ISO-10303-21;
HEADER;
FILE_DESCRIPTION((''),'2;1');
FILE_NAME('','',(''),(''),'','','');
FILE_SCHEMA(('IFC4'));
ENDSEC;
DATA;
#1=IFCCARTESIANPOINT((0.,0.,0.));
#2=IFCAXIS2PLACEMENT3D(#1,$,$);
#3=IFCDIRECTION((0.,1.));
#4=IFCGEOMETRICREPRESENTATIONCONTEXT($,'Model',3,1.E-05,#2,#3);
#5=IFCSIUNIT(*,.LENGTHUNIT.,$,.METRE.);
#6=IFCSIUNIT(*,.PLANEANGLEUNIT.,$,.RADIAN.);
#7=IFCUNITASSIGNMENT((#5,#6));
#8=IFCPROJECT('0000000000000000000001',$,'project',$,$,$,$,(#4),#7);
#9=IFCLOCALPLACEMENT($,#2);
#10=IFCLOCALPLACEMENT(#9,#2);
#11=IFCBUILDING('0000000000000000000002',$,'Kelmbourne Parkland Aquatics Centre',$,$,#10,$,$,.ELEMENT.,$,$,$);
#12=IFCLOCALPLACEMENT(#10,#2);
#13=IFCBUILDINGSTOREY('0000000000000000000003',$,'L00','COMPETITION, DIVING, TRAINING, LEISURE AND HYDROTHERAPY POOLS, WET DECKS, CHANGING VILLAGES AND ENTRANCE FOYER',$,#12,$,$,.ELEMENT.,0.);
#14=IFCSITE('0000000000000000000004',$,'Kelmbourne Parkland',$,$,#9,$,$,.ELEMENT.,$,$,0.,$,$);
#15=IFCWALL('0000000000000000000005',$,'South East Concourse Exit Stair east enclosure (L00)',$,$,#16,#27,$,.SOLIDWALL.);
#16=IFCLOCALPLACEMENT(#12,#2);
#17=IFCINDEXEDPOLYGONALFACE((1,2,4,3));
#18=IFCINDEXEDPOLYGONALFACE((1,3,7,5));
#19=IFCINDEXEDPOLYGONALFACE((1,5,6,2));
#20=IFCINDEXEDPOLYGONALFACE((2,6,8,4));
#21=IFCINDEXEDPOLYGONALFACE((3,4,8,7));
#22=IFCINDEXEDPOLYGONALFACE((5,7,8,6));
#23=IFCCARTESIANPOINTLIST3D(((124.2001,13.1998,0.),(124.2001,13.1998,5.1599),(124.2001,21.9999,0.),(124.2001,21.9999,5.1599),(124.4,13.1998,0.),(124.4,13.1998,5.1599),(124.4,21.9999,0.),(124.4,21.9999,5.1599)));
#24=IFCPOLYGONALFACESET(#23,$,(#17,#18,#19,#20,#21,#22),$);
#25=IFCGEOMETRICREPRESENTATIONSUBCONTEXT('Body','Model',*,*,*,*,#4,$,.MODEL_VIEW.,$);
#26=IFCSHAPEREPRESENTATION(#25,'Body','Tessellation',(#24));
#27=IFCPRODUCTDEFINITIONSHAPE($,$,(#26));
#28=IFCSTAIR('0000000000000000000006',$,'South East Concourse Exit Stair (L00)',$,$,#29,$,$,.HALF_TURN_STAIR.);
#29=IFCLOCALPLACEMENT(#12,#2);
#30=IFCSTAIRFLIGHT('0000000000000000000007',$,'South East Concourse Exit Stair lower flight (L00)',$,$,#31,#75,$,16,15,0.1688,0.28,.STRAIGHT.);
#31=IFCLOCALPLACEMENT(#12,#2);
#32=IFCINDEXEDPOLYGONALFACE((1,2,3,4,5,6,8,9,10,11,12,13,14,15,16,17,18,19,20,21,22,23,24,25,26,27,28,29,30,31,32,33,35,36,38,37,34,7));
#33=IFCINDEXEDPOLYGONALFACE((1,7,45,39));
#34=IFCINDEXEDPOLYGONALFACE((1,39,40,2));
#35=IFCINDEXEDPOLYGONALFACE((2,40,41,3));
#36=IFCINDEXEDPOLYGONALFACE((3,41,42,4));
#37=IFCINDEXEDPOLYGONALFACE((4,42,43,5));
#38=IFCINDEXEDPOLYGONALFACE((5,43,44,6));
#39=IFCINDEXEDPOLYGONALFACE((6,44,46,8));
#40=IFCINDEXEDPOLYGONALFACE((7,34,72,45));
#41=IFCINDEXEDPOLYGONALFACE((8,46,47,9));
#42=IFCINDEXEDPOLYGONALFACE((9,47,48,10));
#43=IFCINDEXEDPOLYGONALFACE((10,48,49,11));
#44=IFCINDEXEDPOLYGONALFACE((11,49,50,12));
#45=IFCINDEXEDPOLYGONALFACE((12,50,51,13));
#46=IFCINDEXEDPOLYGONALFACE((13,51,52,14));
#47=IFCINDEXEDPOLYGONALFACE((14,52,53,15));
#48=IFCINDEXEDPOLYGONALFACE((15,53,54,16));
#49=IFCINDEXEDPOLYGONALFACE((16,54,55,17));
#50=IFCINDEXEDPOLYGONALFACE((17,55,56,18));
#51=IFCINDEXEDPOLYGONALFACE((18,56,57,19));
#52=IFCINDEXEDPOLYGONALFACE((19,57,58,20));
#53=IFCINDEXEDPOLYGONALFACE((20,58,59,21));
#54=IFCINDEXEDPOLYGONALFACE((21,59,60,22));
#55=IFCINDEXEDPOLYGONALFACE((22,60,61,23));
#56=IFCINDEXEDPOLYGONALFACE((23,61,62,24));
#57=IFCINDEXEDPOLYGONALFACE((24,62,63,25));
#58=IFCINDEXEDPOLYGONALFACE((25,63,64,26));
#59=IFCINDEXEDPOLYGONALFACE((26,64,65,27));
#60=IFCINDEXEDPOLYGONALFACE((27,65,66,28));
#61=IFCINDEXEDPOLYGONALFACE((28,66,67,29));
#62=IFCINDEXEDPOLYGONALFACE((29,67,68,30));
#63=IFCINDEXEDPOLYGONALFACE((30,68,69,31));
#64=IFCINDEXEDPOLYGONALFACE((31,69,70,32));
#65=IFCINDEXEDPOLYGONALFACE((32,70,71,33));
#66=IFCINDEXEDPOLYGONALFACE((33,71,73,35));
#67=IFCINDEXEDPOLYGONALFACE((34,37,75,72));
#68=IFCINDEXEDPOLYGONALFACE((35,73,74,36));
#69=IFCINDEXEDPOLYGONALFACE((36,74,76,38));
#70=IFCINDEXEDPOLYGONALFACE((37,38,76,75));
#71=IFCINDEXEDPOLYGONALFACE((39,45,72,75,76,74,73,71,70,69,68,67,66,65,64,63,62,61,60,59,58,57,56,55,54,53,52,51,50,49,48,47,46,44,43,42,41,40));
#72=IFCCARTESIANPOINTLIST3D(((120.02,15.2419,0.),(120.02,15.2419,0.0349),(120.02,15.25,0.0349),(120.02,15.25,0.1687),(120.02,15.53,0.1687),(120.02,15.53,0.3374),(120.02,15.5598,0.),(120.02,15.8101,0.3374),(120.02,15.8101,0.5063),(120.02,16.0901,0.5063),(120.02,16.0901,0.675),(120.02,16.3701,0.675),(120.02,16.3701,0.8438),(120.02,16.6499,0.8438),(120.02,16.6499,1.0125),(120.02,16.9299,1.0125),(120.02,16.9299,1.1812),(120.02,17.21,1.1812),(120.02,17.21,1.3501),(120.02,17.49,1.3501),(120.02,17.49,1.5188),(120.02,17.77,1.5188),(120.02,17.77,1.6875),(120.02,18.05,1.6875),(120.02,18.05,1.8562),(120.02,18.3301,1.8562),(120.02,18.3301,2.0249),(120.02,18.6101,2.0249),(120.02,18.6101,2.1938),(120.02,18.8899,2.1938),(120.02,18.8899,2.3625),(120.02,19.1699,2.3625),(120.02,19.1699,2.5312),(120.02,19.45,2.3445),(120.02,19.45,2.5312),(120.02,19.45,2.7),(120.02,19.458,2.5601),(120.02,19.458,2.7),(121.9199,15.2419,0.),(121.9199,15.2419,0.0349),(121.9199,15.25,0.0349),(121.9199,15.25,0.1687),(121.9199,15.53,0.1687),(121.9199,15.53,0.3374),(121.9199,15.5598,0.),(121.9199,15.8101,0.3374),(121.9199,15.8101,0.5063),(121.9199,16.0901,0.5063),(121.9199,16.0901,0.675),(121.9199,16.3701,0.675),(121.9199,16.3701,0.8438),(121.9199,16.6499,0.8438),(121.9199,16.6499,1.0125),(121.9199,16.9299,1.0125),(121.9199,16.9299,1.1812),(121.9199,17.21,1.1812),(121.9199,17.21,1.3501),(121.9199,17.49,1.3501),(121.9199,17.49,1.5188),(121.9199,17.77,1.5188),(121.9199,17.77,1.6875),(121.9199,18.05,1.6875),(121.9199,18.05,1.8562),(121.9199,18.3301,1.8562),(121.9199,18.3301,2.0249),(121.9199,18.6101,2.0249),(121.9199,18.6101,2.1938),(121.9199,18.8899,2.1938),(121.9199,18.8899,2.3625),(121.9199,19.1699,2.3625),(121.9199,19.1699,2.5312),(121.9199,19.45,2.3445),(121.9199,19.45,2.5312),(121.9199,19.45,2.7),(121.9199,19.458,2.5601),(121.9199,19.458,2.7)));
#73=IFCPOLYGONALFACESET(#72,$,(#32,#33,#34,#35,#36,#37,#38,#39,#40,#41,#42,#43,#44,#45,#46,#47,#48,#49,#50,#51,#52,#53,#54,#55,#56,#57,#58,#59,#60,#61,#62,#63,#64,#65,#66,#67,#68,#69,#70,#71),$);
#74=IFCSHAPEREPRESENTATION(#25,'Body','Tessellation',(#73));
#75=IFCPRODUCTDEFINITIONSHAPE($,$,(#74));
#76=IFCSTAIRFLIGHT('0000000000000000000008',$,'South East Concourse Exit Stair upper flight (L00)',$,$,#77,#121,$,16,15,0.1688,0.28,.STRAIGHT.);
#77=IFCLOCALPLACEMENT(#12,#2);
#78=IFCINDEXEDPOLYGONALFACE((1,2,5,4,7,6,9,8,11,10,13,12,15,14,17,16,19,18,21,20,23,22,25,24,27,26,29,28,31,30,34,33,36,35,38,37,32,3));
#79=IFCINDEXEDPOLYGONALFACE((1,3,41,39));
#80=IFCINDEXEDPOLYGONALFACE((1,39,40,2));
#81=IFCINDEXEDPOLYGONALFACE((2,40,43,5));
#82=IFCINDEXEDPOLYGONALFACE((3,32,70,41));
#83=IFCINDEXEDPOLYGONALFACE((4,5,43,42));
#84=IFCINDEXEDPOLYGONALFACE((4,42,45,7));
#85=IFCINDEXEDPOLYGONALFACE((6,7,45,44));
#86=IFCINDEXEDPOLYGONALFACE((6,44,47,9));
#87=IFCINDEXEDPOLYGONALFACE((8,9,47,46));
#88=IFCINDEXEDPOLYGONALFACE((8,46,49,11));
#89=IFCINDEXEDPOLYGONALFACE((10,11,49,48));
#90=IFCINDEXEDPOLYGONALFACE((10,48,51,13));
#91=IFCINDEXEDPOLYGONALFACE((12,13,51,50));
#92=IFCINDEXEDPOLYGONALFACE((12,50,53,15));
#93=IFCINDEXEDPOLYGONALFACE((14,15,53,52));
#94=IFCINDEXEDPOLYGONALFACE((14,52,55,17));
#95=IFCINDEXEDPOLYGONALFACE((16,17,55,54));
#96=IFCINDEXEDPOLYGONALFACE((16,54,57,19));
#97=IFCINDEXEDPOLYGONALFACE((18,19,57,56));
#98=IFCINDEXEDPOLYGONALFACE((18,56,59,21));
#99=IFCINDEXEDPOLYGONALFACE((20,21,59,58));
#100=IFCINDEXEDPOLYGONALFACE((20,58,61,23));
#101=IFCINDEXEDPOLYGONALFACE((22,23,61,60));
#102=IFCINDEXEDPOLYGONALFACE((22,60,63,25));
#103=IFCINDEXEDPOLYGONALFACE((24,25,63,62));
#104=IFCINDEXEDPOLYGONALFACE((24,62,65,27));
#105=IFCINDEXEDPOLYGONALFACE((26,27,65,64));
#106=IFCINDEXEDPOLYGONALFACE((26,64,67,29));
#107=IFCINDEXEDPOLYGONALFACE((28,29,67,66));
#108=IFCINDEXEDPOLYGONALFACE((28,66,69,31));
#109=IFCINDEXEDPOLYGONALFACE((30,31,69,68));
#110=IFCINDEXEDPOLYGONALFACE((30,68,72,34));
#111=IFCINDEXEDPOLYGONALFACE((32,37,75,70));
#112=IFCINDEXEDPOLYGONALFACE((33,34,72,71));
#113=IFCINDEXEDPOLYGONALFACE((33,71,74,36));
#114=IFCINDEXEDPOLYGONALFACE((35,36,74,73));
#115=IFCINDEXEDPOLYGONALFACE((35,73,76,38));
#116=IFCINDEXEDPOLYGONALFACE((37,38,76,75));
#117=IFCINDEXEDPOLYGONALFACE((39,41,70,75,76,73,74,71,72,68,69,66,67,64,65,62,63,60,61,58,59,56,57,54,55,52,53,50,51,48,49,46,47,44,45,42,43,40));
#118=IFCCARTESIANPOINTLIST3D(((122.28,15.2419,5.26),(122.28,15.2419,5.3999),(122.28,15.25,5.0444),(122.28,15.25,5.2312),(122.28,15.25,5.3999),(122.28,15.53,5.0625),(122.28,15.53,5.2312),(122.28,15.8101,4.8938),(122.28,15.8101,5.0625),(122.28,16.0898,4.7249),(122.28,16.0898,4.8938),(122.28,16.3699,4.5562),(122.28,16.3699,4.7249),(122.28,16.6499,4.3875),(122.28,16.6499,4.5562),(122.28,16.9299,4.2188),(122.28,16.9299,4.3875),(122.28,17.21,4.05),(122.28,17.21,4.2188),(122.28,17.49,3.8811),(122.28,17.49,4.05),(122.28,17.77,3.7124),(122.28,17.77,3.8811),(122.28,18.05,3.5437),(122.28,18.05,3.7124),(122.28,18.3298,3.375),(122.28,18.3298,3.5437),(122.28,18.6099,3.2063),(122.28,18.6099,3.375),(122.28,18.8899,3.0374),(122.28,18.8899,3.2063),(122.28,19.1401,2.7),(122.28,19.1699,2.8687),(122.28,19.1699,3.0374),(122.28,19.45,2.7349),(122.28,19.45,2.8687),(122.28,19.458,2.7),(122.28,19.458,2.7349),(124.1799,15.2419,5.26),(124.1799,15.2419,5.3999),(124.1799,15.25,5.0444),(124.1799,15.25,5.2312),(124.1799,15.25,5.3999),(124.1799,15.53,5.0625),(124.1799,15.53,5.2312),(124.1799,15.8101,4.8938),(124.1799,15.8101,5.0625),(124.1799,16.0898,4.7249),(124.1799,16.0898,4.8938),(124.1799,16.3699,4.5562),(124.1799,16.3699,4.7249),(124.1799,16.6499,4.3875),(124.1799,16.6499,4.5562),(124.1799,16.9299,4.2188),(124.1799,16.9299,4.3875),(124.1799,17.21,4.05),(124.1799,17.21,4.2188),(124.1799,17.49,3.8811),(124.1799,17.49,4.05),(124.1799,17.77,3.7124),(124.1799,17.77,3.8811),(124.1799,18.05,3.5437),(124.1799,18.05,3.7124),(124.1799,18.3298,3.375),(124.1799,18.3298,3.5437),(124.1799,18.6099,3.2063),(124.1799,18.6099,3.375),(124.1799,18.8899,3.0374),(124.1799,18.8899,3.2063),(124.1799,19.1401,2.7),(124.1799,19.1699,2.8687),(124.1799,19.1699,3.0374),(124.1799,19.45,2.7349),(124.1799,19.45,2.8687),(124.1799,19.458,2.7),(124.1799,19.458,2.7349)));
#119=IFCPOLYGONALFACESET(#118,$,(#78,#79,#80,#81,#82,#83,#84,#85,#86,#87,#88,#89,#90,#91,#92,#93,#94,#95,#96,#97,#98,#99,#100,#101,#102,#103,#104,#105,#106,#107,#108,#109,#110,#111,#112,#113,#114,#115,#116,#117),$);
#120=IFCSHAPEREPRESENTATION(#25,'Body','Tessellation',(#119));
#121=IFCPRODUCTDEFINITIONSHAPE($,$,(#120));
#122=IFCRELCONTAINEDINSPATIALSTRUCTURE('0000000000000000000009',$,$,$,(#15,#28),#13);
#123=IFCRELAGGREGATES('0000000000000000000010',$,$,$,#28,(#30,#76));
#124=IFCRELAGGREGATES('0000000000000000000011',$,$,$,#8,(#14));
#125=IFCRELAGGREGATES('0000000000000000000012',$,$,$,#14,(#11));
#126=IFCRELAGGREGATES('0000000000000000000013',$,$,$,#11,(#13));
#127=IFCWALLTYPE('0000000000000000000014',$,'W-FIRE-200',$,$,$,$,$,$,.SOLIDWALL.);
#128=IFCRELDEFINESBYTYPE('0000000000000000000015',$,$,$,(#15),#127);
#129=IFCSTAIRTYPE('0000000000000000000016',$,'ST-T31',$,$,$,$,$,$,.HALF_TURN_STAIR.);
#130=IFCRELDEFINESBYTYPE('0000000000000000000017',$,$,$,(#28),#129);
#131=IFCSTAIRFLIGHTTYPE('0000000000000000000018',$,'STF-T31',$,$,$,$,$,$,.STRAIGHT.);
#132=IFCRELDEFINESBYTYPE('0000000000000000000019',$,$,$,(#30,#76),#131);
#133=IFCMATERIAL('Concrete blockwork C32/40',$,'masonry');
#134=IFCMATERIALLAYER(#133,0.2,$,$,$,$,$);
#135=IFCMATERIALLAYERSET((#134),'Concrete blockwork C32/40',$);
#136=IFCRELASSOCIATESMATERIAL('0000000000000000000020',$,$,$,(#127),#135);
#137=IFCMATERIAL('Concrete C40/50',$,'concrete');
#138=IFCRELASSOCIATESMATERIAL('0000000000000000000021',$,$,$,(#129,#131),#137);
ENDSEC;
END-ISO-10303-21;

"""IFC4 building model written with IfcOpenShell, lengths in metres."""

from ifc_helpers import new_model, si_unit, direction, frame, frame_2d, origin, place, context, subcontext, project, spatial, polyline, rectangle, outline, extrude, material, layer, layer_set, type_object, element, aggregate, save


model = new_model("IFC4")

# Units and contexts
model_context = context("Model", 3, precision=1e-05, world=origin(), true_north=direction((0.0, 1.0)))
body_context = subcontext(model_context, "Body", "Model", "MODEL_VIEW")
ifc_project = project(units=[si_unit("LENGTHUNIT", "METRE"), si_unit("PLANEANGLEUNIT", "RADIAN")], contexts=[model_context])

# Site, building, storey
site_placement = place(None, origin())
site = spatial("IfcSite", under=ifc_project, at=site_placement, Name="Kelmbourne Parkland", CompositionType="ELEMENT", RefElevation=0.0)
building_placement = place(site_placement, origin())
building = spatial("IfcBuilding", under=site, at=building_placement, Name="Kelmbourne Parkland Aquatics Centre", CompositionType="ELEMENT")
storey_placement = place(building_placement, origin())
storey = spatial("IfcBuildingStorey", under=building, at=storey_placement, Name="L00", Description="COMPETITION, DIVING, TRAINING, LEISURE AND HYDROTHERAPY POOLS, WET DECKS, CHANGING VILLAGES AND ENTRANCE FOYER", CompositionType="ELEMENT", Elevation=0.0)

# Shared definitions
ifc_material_1 = material(Name="Concrete C40/50", Category="concrete")

# Shared definitions
ifc_material_2 = material(Name="Concrete blockwork C32/40", Category="masonry")
ifc_layer_1 = layer(ifc_material_2, 0.2)
ifc_layer_set_1 = layer_set([ifc_layer_1], Name="Concrete blockwork C32/40")
wall_type = type_object("IfcWallType", Name="W-FIRE-200", PredefinedType="SOLIDWALL", material=ifc_layer_set_1)

# Wall
wall_1_placement = place(storey_placement, frame((124.3, 13.2, 0.0), z_axis=(0.0, 0.0, 1.0), x_axis=(0.0, 1.0, 0.0)))
element("IfcWall", 1, at=wall_1_placement, inside=storey, type_object=wall_type, Name="South East Concourse Exit Stair east enclosure (L00)", PredefinedType="SOLIDWALL", context=body_context, shape_type="SweptSolid", body=[
    extrude(rectangle(XDim=8.8, YDim=0.2, at=frame_2d((4.3999, 0.0))), origin(), (0.0, 0.0, 1.0), 5.1599),
])

# Stair, stair flights
stair_type = type_object("IfcStairType", Name="ST-T31", PredefinedType="HALF_TURN_STAIR", material=ifc_material_1)
stair_placement = place(storey_placement, origin())
stair = element("IfcStair", 2, at=stair_placement, inside=storey, type_object=stair_type, Name="South East Concourse Exit Stair (L00)", PredefinedType="HALF_TURN_STAIR")
stair_flight_type = type_object("IfcStairFlightType", Name="STF-T31", PredefinedType="STRAIGHT", material=ifc_material_1)
stair_flight_1_placement = place(storey_placement, frame((120.97, 15.25, 0.0), z_axis=(0.0, 0.0, 1.0), x_axis=(0.0, 1.0, 0.0)))
stair_flight_1 = element("IfcStairFlight", 3, at=stair_flight_1_placement, type_object=stair_flight_type, Name="South East Concourse Exit Stair lower flight (L00)", NumberOfRisers=16, NumberOfTreads=15, PredefinedType="STRAIGHT", RiserHeight=0.1688, TreadLength=0.28, context=body_context, shape_type="SweptSolid", body=[
    extrude(outline(polyline([(-0.0081, 0.0), (-0.0081, 0.0349), (0.0, 0.0349), (0.0, 0.1687), (0.28, 0.1687), (0.28, 0.3374), (0.5601, 0.3374), (0.5601, 0.5063), (0.8401, 0.5063), (0.8401, 0.675), (1.1201, 0.675), (1.1201, 0.8438), (1.3999, 0.8438), (1.3999, 1.0125), (1.6799, 1.0125), (1.6799, 1.1812), (1.96, 1.1812), (1.96, 1.3501), (2.24, 1.3501), (2.24, 1.5188), (2.52, 1.5188), (2.52, 1.6875), (2.8, 1.6875), (2.8, 1.8562), (3.0801, 1.8562), (3.0801, 2.0249), (3.3601, 2.0249), (3.3601, 2.1938), (3.6399, 2.1938), (3.6399, 2.3625), (3.9199, 2.3625), (3.9199, 2.5312), (4.2, 2.5312), (4.2, 2.7), (4.208, 2.7), (4.208, 2.5601), (4.2, 2.3445), (0.3098, 0.0), (-0.0081, 0.0)])), frame((0.0, 0.95, 0.0), z_axis=(0.0, -1.0, 0.0), x_axis=(1.0, 0.0, 0.0)), (0.0, 0.0, 1.0), 1.8999),
])
stair_flight_2_placement = place(storey_placement, frame((123.23, 19.45, 2.7), z_axis=(0.0, 0.0, 1.0), x_axis=(0.0, -1.0, 0.0)))
stair_flight_2 = element("IfcStairFlight", 4, at=stair_flight_2_placement, type_object=stair_flight_type, Name="South East Concourse Exit Stair upper flight (L00)", NumberOfRisers=16, NumberOfTreads=15, PredefinedType="STRAIGHT", RiserHeight=0.1688, TreadLength=0.28, context=body_context, shape_type="SweptSolid", body=[
    extrude(outline(polyline([(-0.0081, 0.0), (-0.0081, 0.0349), (0.0, 0.0349), (0.0, 0.1687), (0.28, 0.1687), (0.28, 0.3374), (0.5601, 0.3374), (0.5601, 0.5063), (0.8401, 0.5063), (0.8401, 0.675), (1.1201, 0.675), (1.1201, 0.8438), (1.3999, 0.8438), (1.3999, 1.0125), (1.6799, 1.0125), (1.6799, 1.1812), (1.96, 1.1812), (1.96, 1.3501), (2.24, 1.3501), (2.24, 1.5188), (2.52, 1.5188), (2.52, 1.6875), (2.8, 1.6875), (2.8, 1.8562), (3.0801, 1.8562), (3.0801, 2.0249), (3.3601, 2.0249), (3.3601, 2.1938), (3.6399, 2.1938), (3.6399, 2.3625), (3.9199, 2.3625), (3.9199, 2.5312), (4.2, 2.5312), (4.2, 2.7), (4.208, 2.7), (4.208, 2.5601), (4.2, 2.3445), (0.3098, 0.0), (-0.0081, 0.0)])), frame((0.0, 0.95, 0.0), z_axis=(0.0, -1.0, 0.0), x_axis=(1.0, 0.0, 0.0)), (0.0, 0.0, 1.0), 1.8999),
])
aggregate(stair, [stair_flight_1, stair_flight_2])

save(model, "model.ifc")
